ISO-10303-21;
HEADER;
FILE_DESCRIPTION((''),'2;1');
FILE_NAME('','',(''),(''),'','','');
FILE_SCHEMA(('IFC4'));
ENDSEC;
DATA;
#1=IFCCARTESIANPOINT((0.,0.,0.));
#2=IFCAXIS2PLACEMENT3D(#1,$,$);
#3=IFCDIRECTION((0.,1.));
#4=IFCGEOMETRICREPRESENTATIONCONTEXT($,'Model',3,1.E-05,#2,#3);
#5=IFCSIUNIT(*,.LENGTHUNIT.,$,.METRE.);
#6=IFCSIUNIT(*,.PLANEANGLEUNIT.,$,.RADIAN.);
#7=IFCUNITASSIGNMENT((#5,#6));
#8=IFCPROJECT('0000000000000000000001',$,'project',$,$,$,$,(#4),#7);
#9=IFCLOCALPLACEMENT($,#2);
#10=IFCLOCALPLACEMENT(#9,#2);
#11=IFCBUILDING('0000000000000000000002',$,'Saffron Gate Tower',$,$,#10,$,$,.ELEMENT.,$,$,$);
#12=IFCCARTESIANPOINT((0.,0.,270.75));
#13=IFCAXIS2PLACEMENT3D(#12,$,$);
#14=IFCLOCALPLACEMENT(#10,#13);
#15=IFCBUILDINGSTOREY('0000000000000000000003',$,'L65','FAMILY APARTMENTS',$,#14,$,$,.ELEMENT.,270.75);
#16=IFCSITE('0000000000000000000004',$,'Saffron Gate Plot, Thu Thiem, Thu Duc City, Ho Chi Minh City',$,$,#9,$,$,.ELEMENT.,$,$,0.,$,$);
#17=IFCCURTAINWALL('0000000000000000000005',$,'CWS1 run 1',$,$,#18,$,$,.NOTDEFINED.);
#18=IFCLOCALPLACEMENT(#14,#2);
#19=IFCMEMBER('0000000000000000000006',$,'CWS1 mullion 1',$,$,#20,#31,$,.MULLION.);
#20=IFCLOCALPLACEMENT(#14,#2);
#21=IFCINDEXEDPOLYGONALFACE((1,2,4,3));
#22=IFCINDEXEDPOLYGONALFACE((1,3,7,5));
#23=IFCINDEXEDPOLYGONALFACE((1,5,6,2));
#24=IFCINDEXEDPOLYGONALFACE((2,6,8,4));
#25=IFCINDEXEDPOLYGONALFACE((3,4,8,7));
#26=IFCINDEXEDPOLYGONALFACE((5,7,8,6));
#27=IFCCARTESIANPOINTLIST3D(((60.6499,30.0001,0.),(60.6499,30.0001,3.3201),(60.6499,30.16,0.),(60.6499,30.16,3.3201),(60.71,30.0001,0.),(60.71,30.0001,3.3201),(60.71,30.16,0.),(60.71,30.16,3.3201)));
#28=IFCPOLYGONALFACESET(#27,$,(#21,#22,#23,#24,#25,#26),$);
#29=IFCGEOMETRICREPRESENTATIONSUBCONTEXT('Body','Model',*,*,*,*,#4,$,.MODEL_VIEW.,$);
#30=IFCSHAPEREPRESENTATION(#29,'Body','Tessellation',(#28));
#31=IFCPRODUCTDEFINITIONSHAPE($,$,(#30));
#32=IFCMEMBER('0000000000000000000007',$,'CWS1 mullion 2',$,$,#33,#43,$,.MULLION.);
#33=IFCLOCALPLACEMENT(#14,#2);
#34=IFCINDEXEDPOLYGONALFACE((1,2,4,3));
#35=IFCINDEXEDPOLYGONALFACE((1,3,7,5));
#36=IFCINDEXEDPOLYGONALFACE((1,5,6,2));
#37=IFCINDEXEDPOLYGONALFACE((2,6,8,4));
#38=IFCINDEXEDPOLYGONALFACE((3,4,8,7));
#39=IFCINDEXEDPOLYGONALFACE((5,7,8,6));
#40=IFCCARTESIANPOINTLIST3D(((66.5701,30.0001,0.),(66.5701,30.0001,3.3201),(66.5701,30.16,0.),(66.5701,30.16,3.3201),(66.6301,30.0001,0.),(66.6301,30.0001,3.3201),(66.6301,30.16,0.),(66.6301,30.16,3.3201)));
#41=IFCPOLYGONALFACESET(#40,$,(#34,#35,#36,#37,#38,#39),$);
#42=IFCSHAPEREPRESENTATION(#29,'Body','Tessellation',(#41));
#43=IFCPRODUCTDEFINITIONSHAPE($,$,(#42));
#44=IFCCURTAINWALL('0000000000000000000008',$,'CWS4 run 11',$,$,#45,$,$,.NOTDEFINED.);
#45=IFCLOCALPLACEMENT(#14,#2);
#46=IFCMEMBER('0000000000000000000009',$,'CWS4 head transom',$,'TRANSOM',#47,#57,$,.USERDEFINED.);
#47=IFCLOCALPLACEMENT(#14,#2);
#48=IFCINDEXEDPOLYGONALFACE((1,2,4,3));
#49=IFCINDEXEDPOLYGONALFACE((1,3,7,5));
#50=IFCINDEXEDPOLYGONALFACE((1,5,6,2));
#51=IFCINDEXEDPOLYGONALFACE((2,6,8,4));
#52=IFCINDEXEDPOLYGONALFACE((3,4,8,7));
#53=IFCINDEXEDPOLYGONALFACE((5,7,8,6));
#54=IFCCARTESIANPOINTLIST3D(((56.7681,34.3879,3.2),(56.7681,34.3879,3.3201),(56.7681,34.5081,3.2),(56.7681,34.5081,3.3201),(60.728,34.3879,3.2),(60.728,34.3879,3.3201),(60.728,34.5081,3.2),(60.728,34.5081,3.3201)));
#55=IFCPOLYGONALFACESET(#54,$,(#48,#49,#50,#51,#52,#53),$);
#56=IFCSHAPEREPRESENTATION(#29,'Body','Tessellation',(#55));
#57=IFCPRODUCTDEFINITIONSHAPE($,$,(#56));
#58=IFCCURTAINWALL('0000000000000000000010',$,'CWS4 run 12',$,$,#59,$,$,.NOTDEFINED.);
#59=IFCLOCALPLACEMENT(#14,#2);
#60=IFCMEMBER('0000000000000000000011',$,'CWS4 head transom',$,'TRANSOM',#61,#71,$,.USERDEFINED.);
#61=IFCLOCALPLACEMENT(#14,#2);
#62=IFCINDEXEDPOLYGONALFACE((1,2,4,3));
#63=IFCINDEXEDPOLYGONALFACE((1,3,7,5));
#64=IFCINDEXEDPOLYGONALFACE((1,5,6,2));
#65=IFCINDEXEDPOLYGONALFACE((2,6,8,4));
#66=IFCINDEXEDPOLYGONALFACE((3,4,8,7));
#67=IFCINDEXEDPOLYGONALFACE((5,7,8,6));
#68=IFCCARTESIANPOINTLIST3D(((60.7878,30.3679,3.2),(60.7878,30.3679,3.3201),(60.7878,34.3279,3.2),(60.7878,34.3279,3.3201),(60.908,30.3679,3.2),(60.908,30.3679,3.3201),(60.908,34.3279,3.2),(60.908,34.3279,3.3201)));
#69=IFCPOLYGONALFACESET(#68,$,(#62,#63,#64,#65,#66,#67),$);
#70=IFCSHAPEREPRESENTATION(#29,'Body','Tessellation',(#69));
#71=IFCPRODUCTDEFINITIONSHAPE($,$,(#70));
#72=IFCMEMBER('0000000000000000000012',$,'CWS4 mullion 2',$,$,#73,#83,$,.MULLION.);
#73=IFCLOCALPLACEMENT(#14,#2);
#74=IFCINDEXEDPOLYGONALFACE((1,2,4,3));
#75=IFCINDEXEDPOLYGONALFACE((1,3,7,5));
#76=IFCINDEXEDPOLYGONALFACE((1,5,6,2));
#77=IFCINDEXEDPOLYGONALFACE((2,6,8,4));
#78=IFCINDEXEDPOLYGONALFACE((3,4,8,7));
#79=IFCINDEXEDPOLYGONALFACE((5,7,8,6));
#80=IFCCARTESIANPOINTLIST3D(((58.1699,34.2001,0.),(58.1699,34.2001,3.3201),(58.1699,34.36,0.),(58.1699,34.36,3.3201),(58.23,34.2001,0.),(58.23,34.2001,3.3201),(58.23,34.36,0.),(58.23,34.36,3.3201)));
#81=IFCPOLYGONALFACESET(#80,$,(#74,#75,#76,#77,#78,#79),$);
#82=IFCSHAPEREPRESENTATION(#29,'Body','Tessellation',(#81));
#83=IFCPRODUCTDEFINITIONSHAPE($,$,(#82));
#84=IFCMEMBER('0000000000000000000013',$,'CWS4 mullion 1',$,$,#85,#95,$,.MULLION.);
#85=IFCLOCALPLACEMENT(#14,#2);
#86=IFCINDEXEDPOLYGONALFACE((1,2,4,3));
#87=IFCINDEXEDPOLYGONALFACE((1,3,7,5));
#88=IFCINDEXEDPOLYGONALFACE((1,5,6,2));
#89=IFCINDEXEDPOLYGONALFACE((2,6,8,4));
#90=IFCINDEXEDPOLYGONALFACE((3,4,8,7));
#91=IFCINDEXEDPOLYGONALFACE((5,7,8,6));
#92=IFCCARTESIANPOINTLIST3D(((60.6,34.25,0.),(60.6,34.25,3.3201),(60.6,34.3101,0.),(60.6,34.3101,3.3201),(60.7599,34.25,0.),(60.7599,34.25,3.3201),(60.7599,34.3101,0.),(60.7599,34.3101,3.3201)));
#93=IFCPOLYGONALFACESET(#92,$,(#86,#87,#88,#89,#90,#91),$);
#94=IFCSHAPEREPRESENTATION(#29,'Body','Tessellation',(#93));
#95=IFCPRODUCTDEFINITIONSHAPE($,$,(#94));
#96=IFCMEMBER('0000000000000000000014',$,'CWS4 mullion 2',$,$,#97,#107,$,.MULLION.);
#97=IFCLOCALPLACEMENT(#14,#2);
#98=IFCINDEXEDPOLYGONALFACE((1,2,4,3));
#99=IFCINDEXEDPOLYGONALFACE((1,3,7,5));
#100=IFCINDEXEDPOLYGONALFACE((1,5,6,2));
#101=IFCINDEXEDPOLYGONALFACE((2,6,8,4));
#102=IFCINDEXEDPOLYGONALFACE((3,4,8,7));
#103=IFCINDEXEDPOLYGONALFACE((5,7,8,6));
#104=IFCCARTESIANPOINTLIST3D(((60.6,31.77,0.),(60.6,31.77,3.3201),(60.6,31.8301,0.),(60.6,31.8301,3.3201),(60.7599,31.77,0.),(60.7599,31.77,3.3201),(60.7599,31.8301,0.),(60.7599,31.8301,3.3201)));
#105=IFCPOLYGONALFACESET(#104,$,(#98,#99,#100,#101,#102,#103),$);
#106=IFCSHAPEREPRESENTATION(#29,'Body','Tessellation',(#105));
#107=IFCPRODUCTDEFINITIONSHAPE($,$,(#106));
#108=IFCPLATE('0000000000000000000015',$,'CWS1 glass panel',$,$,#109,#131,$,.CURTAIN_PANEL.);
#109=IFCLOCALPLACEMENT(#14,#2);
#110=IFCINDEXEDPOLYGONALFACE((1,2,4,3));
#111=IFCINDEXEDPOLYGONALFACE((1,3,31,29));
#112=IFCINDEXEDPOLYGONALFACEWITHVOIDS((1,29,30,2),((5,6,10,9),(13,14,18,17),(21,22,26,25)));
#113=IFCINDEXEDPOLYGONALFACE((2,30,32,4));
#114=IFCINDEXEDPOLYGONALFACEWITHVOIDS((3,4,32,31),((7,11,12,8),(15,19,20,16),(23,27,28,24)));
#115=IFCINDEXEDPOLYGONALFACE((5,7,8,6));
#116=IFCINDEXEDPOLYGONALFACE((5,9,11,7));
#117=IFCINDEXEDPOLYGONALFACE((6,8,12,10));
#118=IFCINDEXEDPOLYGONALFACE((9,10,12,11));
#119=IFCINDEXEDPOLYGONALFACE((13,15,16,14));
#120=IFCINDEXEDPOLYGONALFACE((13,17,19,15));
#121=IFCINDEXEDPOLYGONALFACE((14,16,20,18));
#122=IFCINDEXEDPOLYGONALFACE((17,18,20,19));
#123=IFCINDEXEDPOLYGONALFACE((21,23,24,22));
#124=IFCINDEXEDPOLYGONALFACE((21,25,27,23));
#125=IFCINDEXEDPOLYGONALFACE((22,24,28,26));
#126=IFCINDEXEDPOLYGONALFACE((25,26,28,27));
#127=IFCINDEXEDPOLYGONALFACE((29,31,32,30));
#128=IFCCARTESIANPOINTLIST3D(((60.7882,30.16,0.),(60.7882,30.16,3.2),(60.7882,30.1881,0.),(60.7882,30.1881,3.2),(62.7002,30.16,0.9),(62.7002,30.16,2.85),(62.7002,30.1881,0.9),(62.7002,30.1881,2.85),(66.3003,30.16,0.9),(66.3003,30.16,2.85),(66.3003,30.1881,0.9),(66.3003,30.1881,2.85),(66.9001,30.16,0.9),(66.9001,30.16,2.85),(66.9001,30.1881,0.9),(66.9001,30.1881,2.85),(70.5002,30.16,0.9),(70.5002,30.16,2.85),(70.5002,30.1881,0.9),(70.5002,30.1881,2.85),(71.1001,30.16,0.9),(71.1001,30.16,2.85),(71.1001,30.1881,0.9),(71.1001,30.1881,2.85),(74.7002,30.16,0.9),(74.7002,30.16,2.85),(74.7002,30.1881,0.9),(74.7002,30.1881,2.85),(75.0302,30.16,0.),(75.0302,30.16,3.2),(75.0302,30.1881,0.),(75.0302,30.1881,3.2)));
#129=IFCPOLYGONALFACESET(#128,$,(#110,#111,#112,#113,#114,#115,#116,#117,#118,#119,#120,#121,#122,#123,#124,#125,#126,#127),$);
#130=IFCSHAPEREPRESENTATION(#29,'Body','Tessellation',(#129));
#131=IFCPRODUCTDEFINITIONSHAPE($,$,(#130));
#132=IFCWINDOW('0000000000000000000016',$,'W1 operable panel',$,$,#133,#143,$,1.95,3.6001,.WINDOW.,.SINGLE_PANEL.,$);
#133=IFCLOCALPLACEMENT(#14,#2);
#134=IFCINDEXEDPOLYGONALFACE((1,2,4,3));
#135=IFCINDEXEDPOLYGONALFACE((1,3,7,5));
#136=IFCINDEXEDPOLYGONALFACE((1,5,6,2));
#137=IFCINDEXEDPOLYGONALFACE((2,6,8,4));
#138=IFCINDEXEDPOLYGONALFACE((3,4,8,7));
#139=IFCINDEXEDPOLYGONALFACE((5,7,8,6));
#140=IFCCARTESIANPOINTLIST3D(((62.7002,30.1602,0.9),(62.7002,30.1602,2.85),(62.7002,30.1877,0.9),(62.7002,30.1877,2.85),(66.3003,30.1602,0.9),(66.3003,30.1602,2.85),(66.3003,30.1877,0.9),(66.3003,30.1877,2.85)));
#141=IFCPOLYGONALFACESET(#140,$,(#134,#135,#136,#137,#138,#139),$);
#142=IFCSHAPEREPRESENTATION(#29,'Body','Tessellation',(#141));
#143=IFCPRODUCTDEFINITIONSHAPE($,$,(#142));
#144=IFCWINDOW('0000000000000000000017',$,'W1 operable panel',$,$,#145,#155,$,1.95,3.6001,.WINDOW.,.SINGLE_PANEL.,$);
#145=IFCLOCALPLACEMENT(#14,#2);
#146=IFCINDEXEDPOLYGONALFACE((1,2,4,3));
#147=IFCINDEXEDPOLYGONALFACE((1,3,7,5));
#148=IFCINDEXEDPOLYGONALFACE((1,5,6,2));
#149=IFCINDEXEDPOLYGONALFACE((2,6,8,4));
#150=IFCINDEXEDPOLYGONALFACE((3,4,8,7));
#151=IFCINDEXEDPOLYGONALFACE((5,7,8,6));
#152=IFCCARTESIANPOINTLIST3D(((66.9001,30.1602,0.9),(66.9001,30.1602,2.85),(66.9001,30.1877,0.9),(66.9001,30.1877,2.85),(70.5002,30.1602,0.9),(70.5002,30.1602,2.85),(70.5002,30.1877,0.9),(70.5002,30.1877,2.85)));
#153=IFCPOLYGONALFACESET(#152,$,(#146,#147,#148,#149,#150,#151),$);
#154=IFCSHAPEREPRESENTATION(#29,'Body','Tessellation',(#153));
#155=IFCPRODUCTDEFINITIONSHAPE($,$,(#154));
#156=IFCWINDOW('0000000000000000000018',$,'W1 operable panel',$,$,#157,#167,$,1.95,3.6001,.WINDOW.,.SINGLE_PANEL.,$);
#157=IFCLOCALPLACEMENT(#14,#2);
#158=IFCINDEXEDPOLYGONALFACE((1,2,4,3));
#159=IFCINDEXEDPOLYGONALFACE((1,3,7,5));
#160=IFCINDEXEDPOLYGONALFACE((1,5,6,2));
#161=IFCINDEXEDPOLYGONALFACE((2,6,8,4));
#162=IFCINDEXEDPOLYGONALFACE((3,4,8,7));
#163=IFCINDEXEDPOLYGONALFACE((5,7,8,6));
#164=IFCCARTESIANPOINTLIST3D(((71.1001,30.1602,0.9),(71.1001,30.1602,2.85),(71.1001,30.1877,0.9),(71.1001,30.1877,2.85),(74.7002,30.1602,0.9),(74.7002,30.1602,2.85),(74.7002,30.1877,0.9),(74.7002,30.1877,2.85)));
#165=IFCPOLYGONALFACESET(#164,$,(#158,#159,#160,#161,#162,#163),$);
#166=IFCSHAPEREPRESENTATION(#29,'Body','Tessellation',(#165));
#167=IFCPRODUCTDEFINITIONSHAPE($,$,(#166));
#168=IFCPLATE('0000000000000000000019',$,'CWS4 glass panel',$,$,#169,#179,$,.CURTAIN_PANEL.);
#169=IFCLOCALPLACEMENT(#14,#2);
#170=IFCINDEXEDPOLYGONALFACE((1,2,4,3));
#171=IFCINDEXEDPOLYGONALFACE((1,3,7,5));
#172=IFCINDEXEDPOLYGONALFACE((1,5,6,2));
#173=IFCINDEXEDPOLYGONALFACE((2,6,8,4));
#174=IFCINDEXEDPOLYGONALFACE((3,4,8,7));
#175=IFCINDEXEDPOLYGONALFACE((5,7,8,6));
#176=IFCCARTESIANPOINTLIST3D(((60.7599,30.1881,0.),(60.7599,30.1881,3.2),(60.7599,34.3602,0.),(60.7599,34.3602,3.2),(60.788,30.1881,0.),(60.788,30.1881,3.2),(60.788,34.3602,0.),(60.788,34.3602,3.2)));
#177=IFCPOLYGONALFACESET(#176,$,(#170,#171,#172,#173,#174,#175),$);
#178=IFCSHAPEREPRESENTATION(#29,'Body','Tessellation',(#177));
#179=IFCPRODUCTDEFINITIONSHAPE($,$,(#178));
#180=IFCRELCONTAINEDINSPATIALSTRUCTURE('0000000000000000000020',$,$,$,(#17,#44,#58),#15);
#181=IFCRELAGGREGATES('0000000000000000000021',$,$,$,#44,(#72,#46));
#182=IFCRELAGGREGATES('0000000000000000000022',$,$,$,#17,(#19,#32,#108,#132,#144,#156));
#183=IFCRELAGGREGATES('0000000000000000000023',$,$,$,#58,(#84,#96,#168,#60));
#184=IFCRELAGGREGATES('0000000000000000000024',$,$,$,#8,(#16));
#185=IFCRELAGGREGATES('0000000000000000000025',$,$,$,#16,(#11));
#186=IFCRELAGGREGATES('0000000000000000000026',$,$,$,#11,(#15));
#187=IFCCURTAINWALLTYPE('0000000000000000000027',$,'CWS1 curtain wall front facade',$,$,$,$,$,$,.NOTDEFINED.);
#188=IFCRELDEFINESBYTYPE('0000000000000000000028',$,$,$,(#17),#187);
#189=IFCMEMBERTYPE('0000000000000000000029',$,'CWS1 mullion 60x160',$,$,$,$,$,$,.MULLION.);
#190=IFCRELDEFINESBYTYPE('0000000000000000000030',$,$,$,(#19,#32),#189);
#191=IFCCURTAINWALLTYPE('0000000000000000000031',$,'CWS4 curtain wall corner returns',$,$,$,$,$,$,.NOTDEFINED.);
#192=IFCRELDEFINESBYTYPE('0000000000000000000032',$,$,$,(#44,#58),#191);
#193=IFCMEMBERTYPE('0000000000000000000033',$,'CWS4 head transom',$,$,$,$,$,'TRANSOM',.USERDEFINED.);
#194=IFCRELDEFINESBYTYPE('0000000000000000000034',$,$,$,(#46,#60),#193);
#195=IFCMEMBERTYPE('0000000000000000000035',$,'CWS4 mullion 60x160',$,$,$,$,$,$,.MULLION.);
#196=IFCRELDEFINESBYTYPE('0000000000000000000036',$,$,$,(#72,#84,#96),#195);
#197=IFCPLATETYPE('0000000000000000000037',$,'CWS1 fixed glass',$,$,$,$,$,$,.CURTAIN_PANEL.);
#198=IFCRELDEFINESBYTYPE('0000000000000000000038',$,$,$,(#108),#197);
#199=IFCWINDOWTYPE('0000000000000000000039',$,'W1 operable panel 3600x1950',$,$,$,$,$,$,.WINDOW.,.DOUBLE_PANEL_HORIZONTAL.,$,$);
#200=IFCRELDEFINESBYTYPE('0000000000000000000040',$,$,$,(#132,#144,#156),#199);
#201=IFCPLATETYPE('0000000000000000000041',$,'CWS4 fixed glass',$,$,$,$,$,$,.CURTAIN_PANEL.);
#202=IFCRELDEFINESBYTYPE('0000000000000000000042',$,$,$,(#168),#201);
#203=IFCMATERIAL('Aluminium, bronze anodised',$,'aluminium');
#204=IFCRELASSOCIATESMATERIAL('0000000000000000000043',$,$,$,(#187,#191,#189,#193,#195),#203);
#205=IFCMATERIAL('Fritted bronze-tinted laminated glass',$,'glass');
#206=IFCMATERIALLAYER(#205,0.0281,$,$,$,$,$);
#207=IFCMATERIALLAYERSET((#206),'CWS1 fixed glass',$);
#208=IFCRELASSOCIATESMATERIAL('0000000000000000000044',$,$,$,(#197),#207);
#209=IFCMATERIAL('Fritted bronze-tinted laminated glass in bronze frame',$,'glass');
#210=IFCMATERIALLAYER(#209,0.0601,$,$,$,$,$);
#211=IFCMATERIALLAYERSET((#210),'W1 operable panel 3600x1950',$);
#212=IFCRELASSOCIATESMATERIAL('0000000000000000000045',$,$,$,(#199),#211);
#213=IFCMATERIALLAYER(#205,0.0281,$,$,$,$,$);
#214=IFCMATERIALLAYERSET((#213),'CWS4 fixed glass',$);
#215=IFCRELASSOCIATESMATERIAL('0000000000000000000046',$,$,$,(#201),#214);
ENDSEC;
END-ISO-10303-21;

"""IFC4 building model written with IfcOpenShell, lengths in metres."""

from ifc_helpers import new_model, si_unit, direction, frame, frame_2d, origin, origin_2d, place, context, subcontext, project, spatial, rectangle, extrude, material, layer, layer_set, material_profile, profile_set, type_object, element, fill, aggregate, save


model = new_model("IFC4")

# Units and contexts
model_context = context("Model", 3, precision=1e-05, world=origin(), true_north=direction((0.0, 1.0)))
body_context = subcontext(model_context, "Body", "Model", "MODEL_VIEW")
ifc_project = project(units=[si_unit("LENGTHUNIT", "METRE"), si_unit("PLANEANGLEUNIT", "RADIAN")], contexts=[model_context])

# Site, building, storey
site_placement = place(None, origin())
site = spatial("IfcSite", under=ifc_project, at=site_placement, Name="Saffron Gate Plot, Thu Thiem, Thu Duc City, Ho Chi Minh City", CompositionType="ELEMENT", RefElevation=0.0)
building_placement = place(site_placement, origin())
building = spatial("IfcBuilding", under=site, at=building_placement, Name="Saffron Gate Tower", CompositionType="ELEMENT")
storey_placement = place(building_placement, frame((0.0, 0.0, 270.75)))
storey = spatial("IfcBuildingStorey", under=building, at=storey_placement, Name="L65", Description="FAMILY APARTMENTS", CompositionType="ELEMENT", Elevation=270.75)

# Curtain wall, members
ifc_material_1 = material(Name="Aluminium, bronze anodised", Category="aluminium")
curtain_wall_type_1 = type_object("IfcCurtainWallType", Name="CWS1 curtain wall front facade", PredefinedType="NOTDEFINED", material=ifc_material_1)
curtain_wall_1_placement = place(storey_placement, origin())
curtain_wall_1 = element("IfcCurtainWall", 1, at=curtain_wall_1_placement, inside=storey, type_object=curtain_wall_type_1, Name="CWS1 run 1", PredefinedType="NOTDEFINED")
ifc_material_profile_1 = material_profile(ifc_material_1, rectangle(XDim=0.1599, YDim=0.0601, at=origin_2d()))
ifc_profile_set_1 = profile_set([ifc_material_profile_1], Name="Aluminium, bronze anodised")
member_type_1 = type_object("IfcMemberType", Name="CWS1 mullion 60x160", PredefinedType="MULLION", material=ifc_profile_set_1)
member_1_placement = place(storey_placement, frame((60.6799, 30.0801, 0.0), z_axis=(0.0, 0.0, 1.0), x_axis=(0.0, 1.0, 0.0)))
member_1 = element("IfcMember", 2, at=member_1_placement, type_object=member_type_1, Name="CWS1 mullion 1", PredefinedType="MULLION", context=body_context, shape_type="SweptSolid", body=[
    extrude(rectangle(XDim=0.1599, YDim=0.0601, at=origin_2d()), origin(), (0.0, 0.0, 1.0), 3.3201),
])
member_2_placement = place(storey_placement, frame((66.6001, 30.0801, 0.0), z_axis=(0.0, 0.0, 1.0), x_axis=(0.0, 1.0, 0.0)))
member_2 = element("IfcMember", 3, at=member_2_placement, type_object=member_type_1, Name="CWS1 mullion 2", PredefinedType="MULLION", context=body_context, shape_type="SweptSolid", body=[
    extrude(rectangle(XDim=0.1599, YDim=0.0601, at=origin_2d()), origin(), (0.0, 0.0, 1.0), 3.3201),
])

# Curtain walls, members
curtain_wall_type_2 = type_object("IfcCurtainWallType", Name="CWS4 curtain wall corner returns", PredefinedType="NOTDEFINED", material=ifc_material_1)
curtain_wall_2_placement = place(storey_placement, origin())
curtain_wall_2 = element("IfcCurtainWall", 4, at=curtain_wall_2_placement, inside=storey, type_object=curtain_wall_type_2, Name="CWS4 run 11", PredefinedType="NOTDEFINED")
ifc_material_profile_2 = material_profile(ifc_material_1, rectangle(XDim=0.1201, YDim=0.1201, at=origin_2d()))
ifc_profile_set_2 = profile_set([ifc_material_profile_2], Name="Aluminium, bronze anodised")
member_type_2 = type_object("IfcMemberType", Name="CWS4 head transom", ElementType="TRANSOM", PredefinedType="USERDEFINED", material=ifc_profile_set_2)
member_3_placement = place(storey_placement, frame((56.7681, 34.448, 3.26), z_axis=(1.0, 0.0, 0.0), x_axis=(0.0, 1.0, 0.0)))
member_3 = element("IfcMember", 5, at=member_3_placement, type_object=member_type_2, Name="CWS4 head transom", ObjectType="TRANSOM", PredefinedType="USERDEFINED", context=body_context, shape_type="SweptSolid", body=[
    extrude(rectangle(XDim=0.1201, YDim=0.1201, at=origin_2d()), origin(), (0.0, 0.0, 1.0), 3.96),
])
curtain_wall_3_placement = place(storey_placement, origin())
curtain_wall_3 = element("IfcCurtainWall", 6, at=curtain_wall_3_placement, inside=storey, type_object=curtain_wall_type_2, Name="CWS4 run 12", PredefinedType="NOTDEFINED")
member_4_placement = place(storey_placement, frame((60.8479, 34.3279, 3.26), z_axis=(0.0, -1.0, 0.0), x_axis=(1.0, 0.0, 0.0)))
member_4 = element("IfcMember", 7, at=member_4_placement, type_object=member_type_2, Name="CWS4 head transom", ObjectType="TRANSOM", PredefinedType="USERDEFINED", context=body_context, shape_type="SweptSolid", body=[
    extrude(rectangle(XDim=0.1201, YDim=0.1201, at=origin_2d()), origin(), (0.0, 0.0, 1.0), 3.96),
])

# Members
ifc_material_profile_3 = material_profile(ifc_material_1, rectangle(XDim=0.1599, YDim=0.0601, at=origin_2d()))
ifc_profile_set_3 = profile_set([ifc_material_profile_3], Name="Aluminium, bronze anodised")
member_type_3 = type_object("IfcMemberType", Name="CWS4 mullion 60x160", PredefinedType="MULLION", material=ifc_profile_set_3)
member_5_placement = place(storey_placement, frame((58.2, 34.28, 0.0), z_axis=(0.0, 0.0, 1.0), x_axis=(0.0, 1.0, 0.0)))
member_5 = element("IfcMember", 8, at=member_5_placement, type_object=member_type_3, Name="CWS4 mullion 2", PredefinedType="MULLION", context=body_context, shape_type="SweptSolid", body=[
    extrude(rectangle(XDim=0.1599, YDim=0.0601, at=origin_2d()), origin(), (0.0, 0.0, 1.0), 3.3201),
])
aggregate(curtain_wall_2, [member_5, member_3])
member_6_placement = place(storey_placement, frame((60.6799, 34.28, 0.0), z_axis=(0.0, 0.0, 1.0), x_axis=(1.0, 0.0, 0.0)))
member_6 = element("IfcMember", 9, at=member_6_placement, type_object=member_type_3, Name="CWS4 mullion 1", PredefinedType="MULLION", context=body_context, shape_type="SweptSolid", body=[
    extrude(rectangle(XDim=0.1599, YDim=0.0601, at=origin_2d()), origin(), (0.0, 0.0, 1.0), 3.3201),
])
member_7_placement = place(storey_placement, frame((60.6799, 31.8, 0.0), z_axis=(0.0, 0.0, 1.0), x_axis=(1.0, 0.0, 0.0)))
member_7 = element("IfcMember", 10, at=member_7_placement, type_object=member_type_3, Name="CWS4 mullion 2", PredefinedType="MULLION", context=body_context, shape_type="SweptSolid", body=[
    extrude(rectangle(XDim=0.1599, YDim=0.0601, at=origin_2d()), origin(), (0.0, 0.0, 1.0), 3.3201),
])

# Plate, openings, windows
ifc_material_2 = material(Name="Fritted bronze-tinted laminated glass", Category="glass")
ifc_layer_1 = layer(ifc_material_2, 0.0281)
ifc_layer_set_1 = layer_set([ifc_layer_1], Name="CWS1 fixed glass")
plate_type_1 = type_object("IfcPlateType", Name="CWS1 fixed glass", PredefinedType="CURTAIN_PANEL", material=ifc_layer_set_1)
plate_1_placement = place(storey_placement, frame((60.7881, 30.1741, 0.0), z_axis=(0.0, 0.0, 1.0), x_axis=(1.0, 0.0, 0.0)))
plate_1 = element("IfcPlate", 11, at=plate_1_placement, type_object=plate_type_1, Name="CWS1 glass panel", PredefinedType="CURTAIN_PANEL", context=body_context, shape_type="SweptSolid", body=[
    extrude(rectangle(XDim=14.2419, YDim=0.0281, at=frame_2d((7.1211, 0.0))), origin(), (0.0, 0.0, 1.0), 3.2),
])
opening_1_placement = place(plate_1_placement, frame((1.9121, 0.0, 0.8999)))
opening_1 = element("IfcOpeningElement", 12, at=opening_1_placement, cuts=plate_1, PredefinedType="OPENING", context=body_context, shape_type="SweptSolid", body=[
    extrude(rectangle(XDim=3.6001, YDim=1.95, at=frame_2d((1.8, 0.9751))), frame((0.0, 0.0239, 0.0), z_axis=(0.0, -1.0, 0.0), x_axis=(1.0, 0.0, 0.0)), (0.0, 0.0, 1.0), 0.0481),
])
opening_2_placement = place(plate_1_placement, frame((6.1121, 0.0, 0.8999)))
opening_2 = element("IfcOpeningElement", 13, at=opening_2_placement, cuts=plate_1, PredefinedType="OPENING", context=body_context, shape_type="SweptSolid", body=[
    extrude(rectangle(XDim=3.6001, YDim=1.95, at=frame_2d((1.8, 0.9751))), frame((0.0, 0.0239, 0.0), z_axis=(0.0, -1.0, 0.0), x_axis=(1.0, 0.0, 0.0)), (0.0, 0.0, 1.0), 0.0481),
])
opening_3_placement = place(plate_1_placement, frame((10.312, 0.0, 0.8999)))
opening_3 = element("IfcOpeningElement", 14, at=opening_3_placement, cuts=plate_1, PredefinedType="OPENING", context=body_context, shape_type="SweptSolid", body=[
    extrude(rectangle(XDim=3.6001, YDim=1.95, at=frame_2d((1.8, 0.9751))), frame((0.0, 0.0239, 0.0), z_axis=(0.0, -1.0, 0.0), x_axis=(1.0, 0.0, 0.0)), (0.0, 0.0, 1.0), 0.0481),
])
ifc_material_3 = material(Name="Fritted bronze-tinted laminated glass in bronze frame", Category="glass")
ifc_layer_2 = layer(ifc_material_3, 0.0601)
ifc_layer_set_2 = layer_set([ifc_layer_2], Name="W1 operable panel 3600x1950")
window_type = type_object("IfcWindowType", Name="W1 operable panel 3600x1950", PartitioningType="DOUBLE_PANEL_HORIZONTAL", PredefinedType="WINDOW", material=ifc_layer_set_2)
window_1_placement = place(opening_1_placement, origin())
window_1 = element("IfcWindow", 15, at=window_1_placement, type_object=window_type, Name="W1 operable panel", OverallHeight=1.95, OverallWidth=3.6001, PartitioningType="SINGLE_PANEL", PredefinedType="WINDOW", context=body_context, shape_type="SweptSolid", body=[
    extrude(rectangle(XDim=3.6001, YDim=1.95, at=frame_2d((1.8, 0.9751))), frame((0.0, 0.0137, 0.0), z_axis=(0.0, -1.0, 0.0), x_axis=(1.0, 0.0, 0.0)), (0.0, 0.0, 1.0), 0.0276),
])
fill(opening_1, window_1)
window_2_placement = place(opening_2_placement, origin())
window_2 = element("IfcWindow", 16, at=window_2_placement, type_object=window_type, Name="W1 operable panel", OverallHeight=1.95, OverallWidth=3.6001, PartitioningType="SINGLE_PANEL", PredefinedType="WINDOW", context=body_context, shape_type="SweptSolid", body=[
    extrude(rectangle(XDim=3.6001, YDim=1.95, at=frame_2d((1.8, 0.9751))), frame((0.0, 0.0137, 0.0), z_axis=(0.0, -1.0, 0.0), x_axis=(1.0, 0.0, 0.0)), (0.0, 0.0, 1.0), 0.0276),
])
fill(opening_2, window_2)
window_3_placement = place(opening_3_placement, origin())
window_3 = element("IfcWindow", 17, at=window_3_placement, type_object=window_type, Name="W1 operable panel", OverallHeight=1.95, OverallWidth=3.6001, PartitioningType="SINGLE_PANEL", PredefinedType="WINDOW", context=body_context, shape_type="SweptSolid", body=[
    extrude(rectangle(XDim=3.6001, YDim=1.95, at=frame_2d((1.8, 0.9751))), frame((0.0, 0.0137, 0.0), z_axis=(0.0, -1.0, 0.0), x_axis=(1.0, 0.0, 0.0)), (0.0, 0.0, 1.0), 0.0276),
])
fill(opening_3, window_3)
aggregate(curtain_wall_1, [member_1, member_2, plate_1, window_1, window_2, window_3])

# Plate
ifc_layer_3 = layer(ifc_material_2, 0.0281)
ifc_layer_set_3 = layer_set([ifc_layer_3], Name="CWS4 fixed glass")
plate_type_2 = type_object("IfcPlateType", Name="CWS4 fixed glass", PredefinedType="CURTAIN_PANEL", material=ifc_layer_set_3)
plate_2_placement = place(storey_placement, frame((60.7739, 34.3601, 0.0), z_axis=(0.0, 0.0, 1.0), x_axis=(0.0, -1.0, 0.0)))
plate_2 = element("IfcPlate", 18, at=plate_2_placement, type_object=plate_type_2, Name="CWS4 glass panel", PredefinedType="CURTAIN_PANEL", context=body_context, shape_type="SweptSolid", body=[
    extrude(rectangle(XDim=4.1721, YDim=0.0281, at=frame_2d((2.0859, 0.0))), origin(), (0.0, 0.0, 1.0), 3.2),
])
aggregate(curtain_wall_3, [member_6, member_7, plate_2, member_4])

save(model, "model.ifc")
